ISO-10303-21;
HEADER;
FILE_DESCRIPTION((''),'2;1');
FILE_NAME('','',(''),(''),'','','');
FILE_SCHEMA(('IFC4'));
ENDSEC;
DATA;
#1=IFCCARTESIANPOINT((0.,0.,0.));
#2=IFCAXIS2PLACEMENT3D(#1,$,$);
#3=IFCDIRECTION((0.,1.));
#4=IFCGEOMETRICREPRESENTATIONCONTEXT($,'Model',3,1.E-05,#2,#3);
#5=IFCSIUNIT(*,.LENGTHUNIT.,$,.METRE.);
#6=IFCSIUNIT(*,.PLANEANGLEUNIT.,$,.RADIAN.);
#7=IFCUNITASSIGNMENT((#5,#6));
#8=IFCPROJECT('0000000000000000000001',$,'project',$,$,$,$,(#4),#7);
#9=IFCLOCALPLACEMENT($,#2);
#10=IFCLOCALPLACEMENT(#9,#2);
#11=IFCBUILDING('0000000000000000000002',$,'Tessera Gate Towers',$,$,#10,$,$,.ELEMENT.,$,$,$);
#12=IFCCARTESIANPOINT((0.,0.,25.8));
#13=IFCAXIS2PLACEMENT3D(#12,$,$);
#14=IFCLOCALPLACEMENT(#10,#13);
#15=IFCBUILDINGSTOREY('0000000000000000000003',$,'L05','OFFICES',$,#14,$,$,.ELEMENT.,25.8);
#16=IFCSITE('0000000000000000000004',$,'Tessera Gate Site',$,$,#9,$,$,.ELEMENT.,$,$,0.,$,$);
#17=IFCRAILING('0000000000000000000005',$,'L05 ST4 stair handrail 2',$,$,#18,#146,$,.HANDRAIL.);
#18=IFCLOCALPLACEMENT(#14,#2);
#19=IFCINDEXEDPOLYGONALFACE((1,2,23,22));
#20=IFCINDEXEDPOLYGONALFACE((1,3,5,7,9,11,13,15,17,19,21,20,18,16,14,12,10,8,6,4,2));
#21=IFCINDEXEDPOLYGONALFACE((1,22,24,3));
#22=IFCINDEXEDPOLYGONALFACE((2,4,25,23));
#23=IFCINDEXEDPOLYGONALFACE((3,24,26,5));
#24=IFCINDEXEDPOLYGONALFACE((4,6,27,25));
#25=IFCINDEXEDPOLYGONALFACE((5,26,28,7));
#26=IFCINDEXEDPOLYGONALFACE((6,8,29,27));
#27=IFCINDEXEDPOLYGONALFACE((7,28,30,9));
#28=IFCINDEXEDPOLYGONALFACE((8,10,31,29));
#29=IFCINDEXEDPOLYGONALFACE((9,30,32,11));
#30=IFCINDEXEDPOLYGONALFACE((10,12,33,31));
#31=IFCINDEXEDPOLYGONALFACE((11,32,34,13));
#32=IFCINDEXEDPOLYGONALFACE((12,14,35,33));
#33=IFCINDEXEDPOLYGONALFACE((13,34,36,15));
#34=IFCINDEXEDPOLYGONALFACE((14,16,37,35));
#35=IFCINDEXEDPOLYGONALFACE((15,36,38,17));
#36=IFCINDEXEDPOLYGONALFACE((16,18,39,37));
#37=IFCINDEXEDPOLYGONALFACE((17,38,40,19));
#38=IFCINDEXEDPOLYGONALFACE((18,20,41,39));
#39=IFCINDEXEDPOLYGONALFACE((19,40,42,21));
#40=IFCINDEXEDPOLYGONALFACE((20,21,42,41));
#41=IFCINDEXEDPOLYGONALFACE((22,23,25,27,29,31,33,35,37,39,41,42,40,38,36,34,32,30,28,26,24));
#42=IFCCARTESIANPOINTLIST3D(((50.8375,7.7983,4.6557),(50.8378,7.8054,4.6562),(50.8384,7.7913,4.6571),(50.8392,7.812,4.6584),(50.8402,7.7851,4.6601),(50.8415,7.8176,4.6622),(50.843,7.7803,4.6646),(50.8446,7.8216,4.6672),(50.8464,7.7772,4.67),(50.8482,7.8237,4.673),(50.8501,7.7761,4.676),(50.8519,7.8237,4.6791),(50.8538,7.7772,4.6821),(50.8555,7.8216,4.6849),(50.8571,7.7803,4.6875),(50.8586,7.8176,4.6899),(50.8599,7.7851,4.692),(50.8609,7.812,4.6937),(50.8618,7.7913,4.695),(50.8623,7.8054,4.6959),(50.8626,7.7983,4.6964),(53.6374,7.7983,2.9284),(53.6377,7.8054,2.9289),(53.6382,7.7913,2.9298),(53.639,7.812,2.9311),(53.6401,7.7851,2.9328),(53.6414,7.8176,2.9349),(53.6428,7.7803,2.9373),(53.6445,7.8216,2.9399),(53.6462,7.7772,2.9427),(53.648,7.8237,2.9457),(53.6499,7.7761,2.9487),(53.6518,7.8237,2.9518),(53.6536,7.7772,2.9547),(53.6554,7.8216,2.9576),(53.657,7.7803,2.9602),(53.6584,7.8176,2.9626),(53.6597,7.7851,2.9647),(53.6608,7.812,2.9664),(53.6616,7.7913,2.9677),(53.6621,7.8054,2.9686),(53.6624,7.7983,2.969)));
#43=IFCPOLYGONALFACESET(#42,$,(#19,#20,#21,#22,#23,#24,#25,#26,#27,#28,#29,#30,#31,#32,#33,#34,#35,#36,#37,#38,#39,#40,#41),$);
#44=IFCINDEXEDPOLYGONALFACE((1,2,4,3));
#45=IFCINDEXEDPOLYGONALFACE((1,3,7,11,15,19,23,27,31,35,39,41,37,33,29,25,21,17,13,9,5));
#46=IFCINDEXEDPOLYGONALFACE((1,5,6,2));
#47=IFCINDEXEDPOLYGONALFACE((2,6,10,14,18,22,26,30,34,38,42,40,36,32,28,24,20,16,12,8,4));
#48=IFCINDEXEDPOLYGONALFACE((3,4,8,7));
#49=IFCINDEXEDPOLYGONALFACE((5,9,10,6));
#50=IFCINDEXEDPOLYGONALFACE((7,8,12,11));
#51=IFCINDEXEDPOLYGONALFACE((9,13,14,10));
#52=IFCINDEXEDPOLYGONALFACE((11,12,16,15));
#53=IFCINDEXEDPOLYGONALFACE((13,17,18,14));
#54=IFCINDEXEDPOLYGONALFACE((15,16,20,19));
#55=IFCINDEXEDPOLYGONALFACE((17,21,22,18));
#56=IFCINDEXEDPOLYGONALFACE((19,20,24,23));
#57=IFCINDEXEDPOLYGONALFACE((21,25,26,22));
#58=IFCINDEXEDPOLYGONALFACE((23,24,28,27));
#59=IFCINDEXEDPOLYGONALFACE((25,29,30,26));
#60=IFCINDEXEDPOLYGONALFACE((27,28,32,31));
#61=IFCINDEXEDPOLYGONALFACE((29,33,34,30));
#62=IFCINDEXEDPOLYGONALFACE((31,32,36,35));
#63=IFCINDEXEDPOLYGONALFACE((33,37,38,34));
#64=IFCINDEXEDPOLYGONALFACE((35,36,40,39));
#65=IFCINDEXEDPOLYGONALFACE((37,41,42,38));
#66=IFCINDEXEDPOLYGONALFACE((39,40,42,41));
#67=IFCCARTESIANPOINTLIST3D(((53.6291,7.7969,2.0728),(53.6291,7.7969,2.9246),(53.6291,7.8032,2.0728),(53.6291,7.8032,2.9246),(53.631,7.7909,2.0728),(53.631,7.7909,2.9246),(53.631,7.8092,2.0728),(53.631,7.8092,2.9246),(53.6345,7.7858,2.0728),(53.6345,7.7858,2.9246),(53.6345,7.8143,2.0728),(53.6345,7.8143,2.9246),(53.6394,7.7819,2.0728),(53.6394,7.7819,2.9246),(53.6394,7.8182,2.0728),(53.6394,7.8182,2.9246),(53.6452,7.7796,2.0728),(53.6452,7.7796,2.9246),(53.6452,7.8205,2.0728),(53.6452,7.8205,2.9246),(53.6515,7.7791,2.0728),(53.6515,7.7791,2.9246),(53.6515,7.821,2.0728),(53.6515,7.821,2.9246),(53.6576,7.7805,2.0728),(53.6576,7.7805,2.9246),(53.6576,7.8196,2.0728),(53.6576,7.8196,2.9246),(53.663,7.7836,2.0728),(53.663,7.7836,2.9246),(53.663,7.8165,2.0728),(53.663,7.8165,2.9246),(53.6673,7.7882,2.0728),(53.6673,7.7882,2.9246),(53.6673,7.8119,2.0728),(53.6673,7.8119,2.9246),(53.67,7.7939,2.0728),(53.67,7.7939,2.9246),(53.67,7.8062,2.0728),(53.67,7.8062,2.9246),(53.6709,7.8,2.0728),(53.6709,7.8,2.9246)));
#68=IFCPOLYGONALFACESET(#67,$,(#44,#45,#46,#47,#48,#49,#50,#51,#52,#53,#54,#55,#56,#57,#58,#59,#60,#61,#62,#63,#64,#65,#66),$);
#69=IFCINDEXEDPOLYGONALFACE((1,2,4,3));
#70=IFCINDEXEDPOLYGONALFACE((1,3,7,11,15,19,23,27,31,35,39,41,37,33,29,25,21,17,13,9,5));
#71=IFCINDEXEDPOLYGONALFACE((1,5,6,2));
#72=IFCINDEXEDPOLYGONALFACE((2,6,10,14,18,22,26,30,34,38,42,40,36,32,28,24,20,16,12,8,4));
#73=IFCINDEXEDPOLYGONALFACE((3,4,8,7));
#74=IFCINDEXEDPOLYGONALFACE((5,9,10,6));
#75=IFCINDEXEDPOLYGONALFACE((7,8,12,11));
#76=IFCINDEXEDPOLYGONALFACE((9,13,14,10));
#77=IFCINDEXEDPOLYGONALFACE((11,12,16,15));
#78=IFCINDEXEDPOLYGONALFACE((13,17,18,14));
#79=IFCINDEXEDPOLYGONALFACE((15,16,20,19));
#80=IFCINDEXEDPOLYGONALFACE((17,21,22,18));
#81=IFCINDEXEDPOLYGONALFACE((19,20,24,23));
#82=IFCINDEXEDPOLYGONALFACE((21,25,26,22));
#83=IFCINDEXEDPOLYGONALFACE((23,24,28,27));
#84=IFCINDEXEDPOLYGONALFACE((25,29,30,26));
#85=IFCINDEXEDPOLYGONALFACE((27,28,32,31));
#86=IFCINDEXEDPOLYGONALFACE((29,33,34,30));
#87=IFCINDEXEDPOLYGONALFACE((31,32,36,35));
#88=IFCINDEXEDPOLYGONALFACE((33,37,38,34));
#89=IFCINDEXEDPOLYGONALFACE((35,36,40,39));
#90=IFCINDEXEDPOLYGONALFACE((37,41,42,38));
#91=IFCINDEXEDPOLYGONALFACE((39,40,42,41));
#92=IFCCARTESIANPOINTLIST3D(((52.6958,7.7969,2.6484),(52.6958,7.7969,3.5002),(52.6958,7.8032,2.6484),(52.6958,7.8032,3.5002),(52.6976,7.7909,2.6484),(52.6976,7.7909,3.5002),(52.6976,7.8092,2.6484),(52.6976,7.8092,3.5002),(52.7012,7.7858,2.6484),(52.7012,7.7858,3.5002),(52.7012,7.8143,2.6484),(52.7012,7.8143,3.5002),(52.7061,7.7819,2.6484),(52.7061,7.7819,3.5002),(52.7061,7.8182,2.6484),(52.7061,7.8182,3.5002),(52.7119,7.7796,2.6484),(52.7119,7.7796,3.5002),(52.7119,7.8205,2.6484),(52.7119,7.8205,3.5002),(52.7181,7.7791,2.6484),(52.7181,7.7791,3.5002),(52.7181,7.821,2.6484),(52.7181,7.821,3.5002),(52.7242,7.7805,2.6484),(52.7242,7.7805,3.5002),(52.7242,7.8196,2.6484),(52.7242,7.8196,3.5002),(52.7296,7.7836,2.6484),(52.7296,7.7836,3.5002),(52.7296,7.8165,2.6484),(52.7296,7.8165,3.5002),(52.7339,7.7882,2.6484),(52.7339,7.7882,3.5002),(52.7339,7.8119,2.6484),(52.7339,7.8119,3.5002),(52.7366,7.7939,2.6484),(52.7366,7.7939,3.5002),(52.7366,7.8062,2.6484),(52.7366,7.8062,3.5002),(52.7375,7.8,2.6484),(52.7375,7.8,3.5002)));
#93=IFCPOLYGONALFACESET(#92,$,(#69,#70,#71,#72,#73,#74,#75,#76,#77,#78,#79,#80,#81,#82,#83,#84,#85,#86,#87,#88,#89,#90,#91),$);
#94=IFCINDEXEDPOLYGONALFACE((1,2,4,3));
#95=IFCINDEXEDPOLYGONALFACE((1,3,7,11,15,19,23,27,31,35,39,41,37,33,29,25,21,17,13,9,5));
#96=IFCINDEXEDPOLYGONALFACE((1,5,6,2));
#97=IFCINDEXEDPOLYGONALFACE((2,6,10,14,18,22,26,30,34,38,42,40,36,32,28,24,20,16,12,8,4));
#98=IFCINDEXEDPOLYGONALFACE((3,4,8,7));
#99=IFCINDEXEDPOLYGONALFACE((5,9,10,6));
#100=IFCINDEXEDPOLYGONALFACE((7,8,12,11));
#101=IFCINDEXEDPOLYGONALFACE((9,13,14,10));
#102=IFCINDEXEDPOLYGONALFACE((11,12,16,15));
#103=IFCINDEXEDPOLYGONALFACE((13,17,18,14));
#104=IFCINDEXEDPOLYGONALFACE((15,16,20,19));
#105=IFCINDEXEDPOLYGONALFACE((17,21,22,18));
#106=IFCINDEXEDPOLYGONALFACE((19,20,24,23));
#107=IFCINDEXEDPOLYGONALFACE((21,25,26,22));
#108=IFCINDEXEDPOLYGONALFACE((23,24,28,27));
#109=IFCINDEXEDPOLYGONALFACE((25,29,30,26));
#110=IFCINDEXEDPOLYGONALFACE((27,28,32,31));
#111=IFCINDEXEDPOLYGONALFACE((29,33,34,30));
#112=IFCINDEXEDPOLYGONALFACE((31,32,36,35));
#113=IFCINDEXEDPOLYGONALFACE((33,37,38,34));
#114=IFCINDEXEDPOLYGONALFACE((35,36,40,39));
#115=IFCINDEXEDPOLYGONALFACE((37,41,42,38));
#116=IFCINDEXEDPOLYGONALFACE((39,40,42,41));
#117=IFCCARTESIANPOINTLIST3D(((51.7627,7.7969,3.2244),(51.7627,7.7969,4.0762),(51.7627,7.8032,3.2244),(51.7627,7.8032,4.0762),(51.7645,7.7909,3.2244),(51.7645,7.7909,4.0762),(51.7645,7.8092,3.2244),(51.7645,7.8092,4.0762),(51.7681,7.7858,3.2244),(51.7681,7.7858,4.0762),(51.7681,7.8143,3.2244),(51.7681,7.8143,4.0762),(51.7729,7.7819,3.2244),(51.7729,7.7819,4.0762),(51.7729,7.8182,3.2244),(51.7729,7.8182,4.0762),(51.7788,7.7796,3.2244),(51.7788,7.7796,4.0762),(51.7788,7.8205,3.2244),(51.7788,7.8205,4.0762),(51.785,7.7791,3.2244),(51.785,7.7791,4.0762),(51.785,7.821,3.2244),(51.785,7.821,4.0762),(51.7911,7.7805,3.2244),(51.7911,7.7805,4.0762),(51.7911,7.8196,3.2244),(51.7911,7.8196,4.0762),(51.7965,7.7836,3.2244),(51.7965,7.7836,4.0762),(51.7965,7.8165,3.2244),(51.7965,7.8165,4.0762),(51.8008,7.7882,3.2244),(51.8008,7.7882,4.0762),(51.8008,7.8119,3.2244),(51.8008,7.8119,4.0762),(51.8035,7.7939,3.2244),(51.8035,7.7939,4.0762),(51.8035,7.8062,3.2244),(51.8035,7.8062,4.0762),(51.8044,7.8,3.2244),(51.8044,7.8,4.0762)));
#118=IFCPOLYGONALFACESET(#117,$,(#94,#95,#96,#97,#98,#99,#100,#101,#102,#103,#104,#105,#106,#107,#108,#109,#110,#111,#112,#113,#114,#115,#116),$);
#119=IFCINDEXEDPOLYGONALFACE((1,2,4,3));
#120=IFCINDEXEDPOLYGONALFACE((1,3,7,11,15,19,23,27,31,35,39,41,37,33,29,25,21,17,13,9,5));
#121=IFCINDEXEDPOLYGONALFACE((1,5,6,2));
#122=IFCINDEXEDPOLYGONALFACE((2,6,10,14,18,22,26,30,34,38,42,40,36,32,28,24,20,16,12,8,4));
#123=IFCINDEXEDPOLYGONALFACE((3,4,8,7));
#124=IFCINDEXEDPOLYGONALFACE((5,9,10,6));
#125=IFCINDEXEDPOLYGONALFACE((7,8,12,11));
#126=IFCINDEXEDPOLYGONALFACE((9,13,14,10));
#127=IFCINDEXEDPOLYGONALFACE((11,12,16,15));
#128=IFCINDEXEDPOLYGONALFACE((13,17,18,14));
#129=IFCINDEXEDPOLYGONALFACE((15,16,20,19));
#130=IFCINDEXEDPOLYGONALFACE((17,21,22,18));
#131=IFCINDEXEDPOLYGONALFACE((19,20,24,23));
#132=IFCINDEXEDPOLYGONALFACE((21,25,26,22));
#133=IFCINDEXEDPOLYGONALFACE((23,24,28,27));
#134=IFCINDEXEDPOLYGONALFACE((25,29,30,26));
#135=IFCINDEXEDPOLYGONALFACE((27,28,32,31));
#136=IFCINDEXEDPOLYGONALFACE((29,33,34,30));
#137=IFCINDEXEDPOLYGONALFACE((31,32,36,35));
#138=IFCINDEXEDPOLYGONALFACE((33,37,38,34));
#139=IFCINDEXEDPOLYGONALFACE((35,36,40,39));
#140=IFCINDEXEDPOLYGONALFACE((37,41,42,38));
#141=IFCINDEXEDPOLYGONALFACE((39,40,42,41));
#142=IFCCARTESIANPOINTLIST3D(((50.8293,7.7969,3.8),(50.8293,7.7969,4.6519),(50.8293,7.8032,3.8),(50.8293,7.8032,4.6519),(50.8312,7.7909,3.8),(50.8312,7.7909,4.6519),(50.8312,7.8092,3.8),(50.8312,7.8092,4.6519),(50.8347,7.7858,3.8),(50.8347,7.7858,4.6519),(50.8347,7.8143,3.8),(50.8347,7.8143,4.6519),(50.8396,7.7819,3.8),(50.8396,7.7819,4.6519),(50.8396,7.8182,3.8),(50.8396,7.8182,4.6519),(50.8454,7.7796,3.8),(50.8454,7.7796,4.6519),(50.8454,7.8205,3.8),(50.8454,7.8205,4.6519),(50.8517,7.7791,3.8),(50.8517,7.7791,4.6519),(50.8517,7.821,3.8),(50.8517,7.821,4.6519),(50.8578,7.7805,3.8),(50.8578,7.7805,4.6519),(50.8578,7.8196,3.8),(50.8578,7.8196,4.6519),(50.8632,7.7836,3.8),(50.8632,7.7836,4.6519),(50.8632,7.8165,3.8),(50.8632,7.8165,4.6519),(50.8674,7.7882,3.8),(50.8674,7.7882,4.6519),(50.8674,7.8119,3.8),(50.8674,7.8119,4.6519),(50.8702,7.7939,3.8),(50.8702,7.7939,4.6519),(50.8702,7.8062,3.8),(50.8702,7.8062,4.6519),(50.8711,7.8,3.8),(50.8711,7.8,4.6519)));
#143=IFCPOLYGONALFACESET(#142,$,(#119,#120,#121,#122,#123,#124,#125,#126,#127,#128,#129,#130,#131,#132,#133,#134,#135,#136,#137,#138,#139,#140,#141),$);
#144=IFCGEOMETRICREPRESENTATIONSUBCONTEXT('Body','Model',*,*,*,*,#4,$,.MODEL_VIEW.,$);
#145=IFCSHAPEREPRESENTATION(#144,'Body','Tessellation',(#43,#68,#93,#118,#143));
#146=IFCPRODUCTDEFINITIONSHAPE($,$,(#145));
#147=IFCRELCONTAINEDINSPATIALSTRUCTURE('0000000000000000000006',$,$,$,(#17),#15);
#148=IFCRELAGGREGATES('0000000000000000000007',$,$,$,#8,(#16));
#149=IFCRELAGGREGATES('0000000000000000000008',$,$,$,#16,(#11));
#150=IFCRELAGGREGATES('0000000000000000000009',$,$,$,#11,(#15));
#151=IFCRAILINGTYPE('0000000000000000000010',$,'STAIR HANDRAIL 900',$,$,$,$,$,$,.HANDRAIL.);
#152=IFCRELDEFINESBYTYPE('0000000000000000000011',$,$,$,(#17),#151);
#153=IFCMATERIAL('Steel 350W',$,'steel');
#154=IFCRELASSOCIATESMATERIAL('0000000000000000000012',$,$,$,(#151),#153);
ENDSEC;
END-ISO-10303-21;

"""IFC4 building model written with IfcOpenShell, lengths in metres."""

from ifc_helpers import new_model, si_unit, direction, frame, origin, origin_2d, place, context, subcontext, project, spatial, circle, extrude, material, type_object, element, save


model = new_model("IFC4")

# Units and contexts
model_context = context("Model", 3, precision=1e-05, world=origin(), true_north=direction((0.0, 1.0)))
body_context = subcontext(model_context, "Body", "Model", "MODEL_VIEW")
ifc_project = project(units=[si_unit("LENGTHUNIT", "METRE"), si_unit("PLANEANGLEUNIT", "RADIAN")], contexts=[model_context])

# Site, building, storey
site_placement = place(None, origin())
site = spatial("IfcSite", under=ifc_project, at=site_placement, Name="Tessera Gate Site", CompositionType="ELEMENT", RefElevation=0.0)
building_placement = place(site_placement, origin())
building = spatial("IfcBuilding", under=site, at=building_placement, Name="Tessera Gate Towers", CompositionType="ELEMENT")
storey_placement = place(building_placement, frame((0.0, 0.0, 25.8)))
storey = spatial("IfcBuildingStorey", under=building, at=storey_placement, Name="L05", Description="OFFICES", CompositionType="ELEMENT", Elevation=25.8)

# Railing
ifc_material_1 = material(Name="Steel 350W", Category="steel")
railing_type_1 = type_object("IfcRailingType", Name="STAIR HANDRAIL 900", PredefinedType="HANDRAIL", material=ifc_material_1)
railing_1_placement = place(storey_placement, frame((53.6499, 7.8, 2.0728)))
element("IfcRailing", 1, at=railing_1_placement, inside=storey, type_object=railing_type_1, Name="L05 ST4 stair handrail 2", PredefinedType="HANDRAIL", context=body_context, shape_type="SweptSolid", body=[
    extrude(circle(Radius=0.0239, at=origin_2d()), frame((0.0, 0.0, 0.876), z_axis=(-0.851069, 0.0, 0.525054), x_axis=(0.0, -1.0, 0.0)), (0.0, 0.0, 1.0), 3.2898),
    extrude(circle(Radius=0.021, at=origin_2d()), origin(), (0.0, 0.0, 1.0), 0.8518),
    extrude(circle(Radius=0.021, at=origin_2d()), frame((-0.9333, 0.0, 0.5757)), (0.0, 0.0, 1.0), 0.8518),
    extrude(circle(Radius=0.021, at=origin_2d()), frame((-1.8665, 0.0, 1.1516)), (0.0, 0.0, 1.0), 0.8518),
    extrude(circle(Radius=0.021, at=origin_2d()), frame((-2.7998, 0.0, 1.7273)), (0.0, 0.0, 1.0), 0.8518),
])

save(model, "model.ifc")
